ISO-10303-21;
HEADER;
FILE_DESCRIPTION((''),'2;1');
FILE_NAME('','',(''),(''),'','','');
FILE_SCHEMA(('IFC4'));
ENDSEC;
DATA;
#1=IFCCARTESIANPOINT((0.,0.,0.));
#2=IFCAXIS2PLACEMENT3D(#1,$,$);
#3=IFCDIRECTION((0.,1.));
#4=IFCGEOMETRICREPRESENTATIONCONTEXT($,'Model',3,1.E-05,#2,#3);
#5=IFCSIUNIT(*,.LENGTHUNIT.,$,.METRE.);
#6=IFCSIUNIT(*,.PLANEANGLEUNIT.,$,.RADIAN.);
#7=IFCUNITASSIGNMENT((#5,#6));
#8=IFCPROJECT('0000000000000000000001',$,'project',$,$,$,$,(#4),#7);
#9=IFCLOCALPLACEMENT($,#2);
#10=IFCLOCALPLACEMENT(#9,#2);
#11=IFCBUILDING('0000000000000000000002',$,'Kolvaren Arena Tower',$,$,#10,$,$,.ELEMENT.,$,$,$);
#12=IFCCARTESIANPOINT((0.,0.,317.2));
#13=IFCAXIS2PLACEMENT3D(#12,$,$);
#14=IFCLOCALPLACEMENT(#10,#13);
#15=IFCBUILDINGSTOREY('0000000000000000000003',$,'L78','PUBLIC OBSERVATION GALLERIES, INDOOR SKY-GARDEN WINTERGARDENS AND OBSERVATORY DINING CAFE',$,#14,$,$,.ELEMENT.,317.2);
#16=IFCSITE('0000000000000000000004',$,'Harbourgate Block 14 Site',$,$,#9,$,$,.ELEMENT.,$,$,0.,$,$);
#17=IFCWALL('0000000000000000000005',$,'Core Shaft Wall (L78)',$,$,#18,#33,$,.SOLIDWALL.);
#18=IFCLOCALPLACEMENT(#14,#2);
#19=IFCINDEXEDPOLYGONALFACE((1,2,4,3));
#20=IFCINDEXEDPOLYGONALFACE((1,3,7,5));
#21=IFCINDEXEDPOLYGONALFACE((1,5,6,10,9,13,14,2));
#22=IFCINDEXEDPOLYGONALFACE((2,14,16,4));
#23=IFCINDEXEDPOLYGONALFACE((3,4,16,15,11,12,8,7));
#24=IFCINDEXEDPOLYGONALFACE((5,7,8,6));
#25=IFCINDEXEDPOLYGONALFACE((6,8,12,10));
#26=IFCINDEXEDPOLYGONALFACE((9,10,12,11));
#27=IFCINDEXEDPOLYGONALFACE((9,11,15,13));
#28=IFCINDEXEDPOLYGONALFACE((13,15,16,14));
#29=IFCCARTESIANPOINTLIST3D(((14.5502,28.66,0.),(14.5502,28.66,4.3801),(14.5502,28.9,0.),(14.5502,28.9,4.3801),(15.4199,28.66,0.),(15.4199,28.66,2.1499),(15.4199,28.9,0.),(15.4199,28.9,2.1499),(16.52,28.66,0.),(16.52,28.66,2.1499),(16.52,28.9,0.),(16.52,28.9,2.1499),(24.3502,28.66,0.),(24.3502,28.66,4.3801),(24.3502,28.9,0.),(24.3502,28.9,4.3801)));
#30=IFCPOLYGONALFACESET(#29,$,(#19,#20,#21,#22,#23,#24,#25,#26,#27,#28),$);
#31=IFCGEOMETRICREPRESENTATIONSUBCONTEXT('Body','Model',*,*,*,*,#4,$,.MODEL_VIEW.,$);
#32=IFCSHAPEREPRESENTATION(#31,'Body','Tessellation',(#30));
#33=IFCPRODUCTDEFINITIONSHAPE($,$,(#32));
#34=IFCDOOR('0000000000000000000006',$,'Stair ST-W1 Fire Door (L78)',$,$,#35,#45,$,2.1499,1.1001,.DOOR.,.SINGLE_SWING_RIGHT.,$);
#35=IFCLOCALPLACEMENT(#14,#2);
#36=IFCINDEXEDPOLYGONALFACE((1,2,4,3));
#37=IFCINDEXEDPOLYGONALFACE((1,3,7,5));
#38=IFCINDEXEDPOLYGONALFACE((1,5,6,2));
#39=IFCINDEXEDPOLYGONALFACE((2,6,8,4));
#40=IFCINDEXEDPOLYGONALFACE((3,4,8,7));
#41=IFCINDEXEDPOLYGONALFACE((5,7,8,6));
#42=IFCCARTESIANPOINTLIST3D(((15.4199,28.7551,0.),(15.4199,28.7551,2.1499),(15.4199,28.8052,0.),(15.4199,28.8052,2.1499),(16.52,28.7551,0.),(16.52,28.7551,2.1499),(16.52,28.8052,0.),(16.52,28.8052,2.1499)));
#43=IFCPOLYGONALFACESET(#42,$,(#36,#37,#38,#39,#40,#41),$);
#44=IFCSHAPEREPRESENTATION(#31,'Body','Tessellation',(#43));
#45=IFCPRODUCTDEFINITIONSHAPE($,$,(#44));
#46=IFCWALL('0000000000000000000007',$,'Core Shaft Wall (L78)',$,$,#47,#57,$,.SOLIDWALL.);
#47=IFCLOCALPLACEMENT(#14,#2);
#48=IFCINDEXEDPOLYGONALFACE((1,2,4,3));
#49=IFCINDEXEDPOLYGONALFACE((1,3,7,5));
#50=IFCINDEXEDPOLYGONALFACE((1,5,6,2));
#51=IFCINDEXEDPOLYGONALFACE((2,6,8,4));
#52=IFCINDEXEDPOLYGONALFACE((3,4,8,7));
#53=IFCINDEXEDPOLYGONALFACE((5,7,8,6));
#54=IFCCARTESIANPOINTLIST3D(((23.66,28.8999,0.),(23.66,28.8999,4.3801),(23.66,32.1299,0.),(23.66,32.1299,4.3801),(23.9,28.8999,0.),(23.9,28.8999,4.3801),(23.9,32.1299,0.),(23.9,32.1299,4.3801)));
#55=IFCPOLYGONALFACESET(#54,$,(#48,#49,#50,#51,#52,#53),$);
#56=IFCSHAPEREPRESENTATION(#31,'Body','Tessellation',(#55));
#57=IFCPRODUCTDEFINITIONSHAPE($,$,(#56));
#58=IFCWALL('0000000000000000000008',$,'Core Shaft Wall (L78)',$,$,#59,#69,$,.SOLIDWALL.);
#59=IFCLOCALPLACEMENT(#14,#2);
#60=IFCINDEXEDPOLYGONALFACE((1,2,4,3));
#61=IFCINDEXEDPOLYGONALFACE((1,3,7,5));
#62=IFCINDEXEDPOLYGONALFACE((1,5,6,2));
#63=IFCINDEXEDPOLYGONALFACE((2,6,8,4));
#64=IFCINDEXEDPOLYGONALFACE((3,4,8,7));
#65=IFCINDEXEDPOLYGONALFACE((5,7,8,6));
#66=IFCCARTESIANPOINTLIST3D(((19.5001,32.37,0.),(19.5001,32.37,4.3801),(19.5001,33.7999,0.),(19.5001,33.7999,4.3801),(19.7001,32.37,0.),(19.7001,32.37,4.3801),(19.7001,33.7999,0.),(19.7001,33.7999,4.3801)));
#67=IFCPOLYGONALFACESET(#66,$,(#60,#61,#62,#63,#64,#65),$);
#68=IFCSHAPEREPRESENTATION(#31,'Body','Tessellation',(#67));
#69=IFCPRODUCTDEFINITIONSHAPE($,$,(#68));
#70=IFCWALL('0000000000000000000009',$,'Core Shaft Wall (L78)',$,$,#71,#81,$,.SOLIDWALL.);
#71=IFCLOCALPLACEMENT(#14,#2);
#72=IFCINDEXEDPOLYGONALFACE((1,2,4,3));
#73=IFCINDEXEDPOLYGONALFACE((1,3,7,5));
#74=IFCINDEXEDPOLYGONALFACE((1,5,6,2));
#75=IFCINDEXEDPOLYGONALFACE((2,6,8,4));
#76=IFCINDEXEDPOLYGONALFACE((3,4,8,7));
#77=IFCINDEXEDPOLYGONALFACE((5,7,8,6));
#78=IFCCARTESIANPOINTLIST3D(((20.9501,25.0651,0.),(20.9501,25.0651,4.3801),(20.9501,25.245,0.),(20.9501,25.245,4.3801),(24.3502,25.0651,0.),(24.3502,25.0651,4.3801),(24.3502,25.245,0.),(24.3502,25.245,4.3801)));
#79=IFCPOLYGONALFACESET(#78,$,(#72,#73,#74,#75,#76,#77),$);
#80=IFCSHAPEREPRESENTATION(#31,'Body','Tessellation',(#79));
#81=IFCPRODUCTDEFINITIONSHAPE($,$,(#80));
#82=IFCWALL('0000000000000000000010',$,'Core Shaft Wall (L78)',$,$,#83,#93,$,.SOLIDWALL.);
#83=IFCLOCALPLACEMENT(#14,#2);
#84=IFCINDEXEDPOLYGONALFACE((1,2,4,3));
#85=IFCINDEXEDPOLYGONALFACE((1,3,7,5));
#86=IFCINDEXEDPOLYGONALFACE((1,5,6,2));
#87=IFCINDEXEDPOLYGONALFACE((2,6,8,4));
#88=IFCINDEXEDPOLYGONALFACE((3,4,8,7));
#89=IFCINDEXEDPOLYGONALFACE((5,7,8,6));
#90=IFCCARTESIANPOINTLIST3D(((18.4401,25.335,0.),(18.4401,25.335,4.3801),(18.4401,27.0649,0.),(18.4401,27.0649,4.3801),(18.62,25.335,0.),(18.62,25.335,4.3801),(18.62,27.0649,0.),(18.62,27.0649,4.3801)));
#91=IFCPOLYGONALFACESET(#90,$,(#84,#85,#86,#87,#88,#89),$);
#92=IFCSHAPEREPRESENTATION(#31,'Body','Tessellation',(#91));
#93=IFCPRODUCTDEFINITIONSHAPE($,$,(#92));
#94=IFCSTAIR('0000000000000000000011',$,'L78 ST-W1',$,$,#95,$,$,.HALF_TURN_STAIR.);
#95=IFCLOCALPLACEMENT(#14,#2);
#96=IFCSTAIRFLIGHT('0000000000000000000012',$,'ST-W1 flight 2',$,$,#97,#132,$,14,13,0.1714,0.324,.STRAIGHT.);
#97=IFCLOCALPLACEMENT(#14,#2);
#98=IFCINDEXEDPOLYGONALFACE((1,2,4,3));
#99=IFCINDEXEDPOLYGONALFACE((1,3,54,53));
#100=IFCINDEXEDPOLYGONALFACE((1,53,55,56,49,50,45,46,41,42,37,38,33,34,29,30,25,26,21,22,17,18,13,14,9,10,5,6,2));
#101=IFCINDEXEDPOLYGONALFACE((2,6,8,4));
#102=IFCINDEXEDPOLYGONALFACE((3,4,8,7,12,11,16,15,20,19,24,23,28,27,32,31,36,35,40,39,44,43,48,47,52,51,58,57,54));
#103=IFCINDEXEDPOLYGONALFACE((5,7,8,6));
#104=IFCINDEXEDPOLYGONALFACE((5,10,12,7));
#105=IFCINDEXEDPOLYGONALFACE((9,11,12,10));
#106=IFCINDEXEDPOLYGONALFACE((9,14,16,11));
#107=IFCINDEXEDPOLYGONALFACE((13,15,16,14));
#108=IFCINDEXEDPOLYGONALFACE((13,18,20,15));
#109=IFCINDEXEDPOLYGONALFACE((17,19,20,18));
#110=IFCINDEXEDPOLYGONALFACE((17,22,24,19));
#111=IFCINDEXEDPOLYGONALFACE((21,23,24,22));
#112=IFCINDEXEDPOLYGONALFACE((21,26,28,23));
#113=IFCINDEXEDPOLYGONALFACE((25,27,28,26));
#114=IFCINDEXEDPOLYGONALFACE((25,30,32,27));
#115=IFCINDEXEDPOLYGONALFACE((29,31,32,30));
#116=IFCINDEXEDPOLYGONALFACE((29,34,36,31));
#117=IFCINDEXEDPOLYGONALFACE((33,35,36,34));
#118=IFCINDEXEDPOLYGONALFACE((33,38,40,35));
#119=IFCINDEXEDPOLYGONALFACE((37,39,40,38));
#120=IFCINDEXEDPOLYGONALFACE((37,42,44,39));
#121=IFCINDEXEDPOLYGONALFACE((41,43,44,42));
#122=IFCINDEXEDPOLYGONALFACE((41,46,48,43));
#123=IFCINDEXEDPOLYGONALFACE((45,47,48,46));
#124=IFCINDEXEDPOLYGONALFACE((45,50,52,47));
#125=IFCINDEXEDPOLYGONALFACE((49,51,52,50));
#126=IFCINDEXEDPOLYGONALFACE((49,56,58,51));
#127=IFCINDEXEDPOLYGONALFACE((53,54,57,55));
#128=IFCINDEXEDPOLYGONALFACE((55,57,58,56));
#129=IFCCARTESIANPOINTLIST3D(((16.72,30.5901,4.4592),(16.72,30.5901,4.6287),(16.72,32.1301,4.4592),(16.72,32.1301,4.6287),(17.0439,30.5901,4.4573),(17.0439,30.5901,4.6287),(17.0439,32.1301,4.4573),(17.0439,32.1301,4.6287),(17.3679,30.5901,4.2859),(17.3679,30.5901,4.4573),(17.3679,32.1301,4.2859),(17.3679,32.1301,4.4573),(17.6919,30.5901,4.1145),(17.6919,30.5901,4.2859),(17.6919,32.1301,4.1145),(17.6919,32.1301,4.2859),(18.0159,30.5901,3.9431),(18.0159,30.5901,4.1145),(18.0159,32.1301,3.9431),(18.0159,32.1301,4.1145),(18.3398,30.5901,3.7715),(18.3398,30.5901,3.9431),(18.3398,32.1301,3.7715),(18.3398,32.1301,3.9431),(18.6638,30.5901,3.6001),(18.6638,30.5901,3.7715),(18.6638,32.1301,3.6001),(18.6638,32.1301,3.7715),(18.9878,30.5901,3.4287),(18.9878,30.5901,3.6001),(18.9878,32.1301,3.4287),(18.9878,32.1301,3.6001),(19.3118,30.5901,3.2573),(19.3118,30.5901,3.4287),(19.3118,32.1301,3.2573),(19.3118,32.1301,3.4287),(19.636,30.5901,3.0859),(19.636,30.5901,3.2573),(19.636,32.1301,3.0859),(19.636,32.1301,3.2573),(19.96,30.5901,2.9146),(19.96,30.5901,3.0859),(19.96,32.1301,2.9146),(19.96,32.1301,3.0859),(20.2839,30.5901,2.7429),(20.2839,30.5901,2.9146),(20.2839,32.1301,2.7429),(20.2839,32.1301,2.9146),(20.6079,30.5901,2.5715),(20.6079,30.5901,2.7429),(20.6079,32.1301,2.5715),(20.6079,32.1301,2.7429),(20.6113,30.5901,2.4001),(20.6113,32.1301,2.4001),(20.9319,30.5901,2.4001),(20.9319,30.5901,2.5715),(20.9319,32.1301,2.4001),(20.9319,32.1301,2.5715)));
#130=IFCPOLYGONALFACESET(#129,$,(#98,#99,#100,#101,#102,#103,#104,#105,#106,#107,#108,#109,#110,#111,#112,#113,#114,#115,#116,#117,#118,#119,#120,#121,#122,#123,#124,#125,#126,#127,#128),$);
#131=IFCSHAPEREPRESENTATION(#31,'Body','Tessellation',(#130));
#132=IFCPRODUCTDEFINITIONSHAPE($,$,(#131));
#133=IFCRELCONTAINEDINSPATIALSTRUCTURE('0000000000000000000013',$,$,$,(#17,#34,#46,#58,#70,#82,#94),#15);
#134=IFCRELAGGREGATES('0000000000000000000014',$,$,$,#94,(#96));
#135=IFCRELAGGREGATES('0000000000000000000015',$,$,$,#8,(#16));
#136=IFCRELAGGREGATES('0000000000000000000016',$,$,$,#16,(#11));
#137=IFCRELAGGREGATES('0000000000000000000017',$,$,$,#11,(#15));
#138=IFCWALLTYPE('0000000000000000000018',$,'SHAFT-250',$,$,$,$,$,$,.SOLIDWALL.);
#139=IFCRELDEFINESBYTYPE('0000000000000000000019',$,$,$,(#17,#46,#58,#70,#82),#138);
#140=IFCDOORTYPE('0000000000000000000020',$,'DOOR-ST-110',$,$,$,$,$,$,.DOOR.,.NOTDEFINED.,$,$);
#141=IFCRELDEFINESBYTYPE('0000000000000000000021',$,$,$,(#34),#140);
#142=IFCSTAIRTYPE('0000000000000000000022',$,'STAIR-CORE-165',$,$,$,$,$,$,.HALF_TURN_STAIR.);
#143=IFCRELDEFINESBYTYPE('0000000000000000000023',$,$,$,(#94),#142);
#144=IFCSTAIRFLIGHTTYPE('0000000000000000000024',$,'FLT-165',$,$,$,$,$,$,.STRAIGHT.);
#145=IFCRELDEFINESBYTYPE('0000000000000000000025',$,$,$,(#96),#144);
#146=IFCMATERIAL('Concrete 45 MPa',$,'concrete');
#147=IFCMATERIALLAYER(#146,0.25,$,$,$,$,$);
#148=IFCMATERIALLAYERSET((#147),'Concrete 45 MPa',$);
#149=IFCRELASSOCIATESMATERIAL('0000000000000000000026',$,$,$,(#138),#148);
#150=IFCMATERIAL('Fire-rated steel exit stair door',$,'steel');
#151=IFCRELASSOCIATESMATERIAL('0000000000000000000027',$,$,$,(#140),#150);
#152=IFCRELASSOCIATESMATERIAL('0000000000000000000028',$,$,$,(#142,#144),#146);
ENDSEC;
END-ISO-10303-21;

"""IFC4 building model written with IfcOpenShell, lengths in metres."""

from ifc_helpers import new_model, si_unit, direction, frame, frame_2d, origin, place, context, subcontext, project, spatial, polyline, rectangle, outline, extrude, material, layer, layer_set, type_object, element, fill, aggregate, save


model = new_model("IFC4")

# Units and contexts
model_context = context("Model", 3, precision=1e-05, world=origin(), true_north=direction((0.0, 1.0)))
body_context = subcontext(model_context, "Body", "Model", "MODEL_VIEW")
ifc_project = project(units=[si_unit("LENGTHUNIT", "METRE"), si_unit("PLANEANGLEUNIT", "RADIAN")], contexts=[model_context])

# Site, building, storey
site_placement = place(None, origin())
site = spatial("IfcSite", under=ifc_project, at=site_placement, Name="Harbourgate Block 14 Site", CompositionType="ELEMENT", RefElevation=0.0)
building_placement = place(site_placement, origin())
building = spatial("IfcBuilding", under=site, at=building_placement, Name="Kolvaren Arena Tower", CompositionType="ELEMENT")
storey_placement = place(building_placement, frame((0.0, 0.0, 317.2)))
storey = spatial("IfcBuildingStorey", under=building, at=storey_placement, Name="L78", Description="PUBLIC OBSERVATION GALLERIES, INDOOR SKY-GARDEN WINTERGARDENS AND OBSERVATORY DINING CAFE", CompositionType="ELEMENT", Elevation=317.2)

# Wall, opening, door
ifc_material_1 = material(Name="Concrete 45 MPa", Category="concrete")
ifc_layer_1 = layer(ifc_material_1, 0.25)
ifc_layer_set_1 = layer_set([ifc_layer_1], Name="Concrete 45 MPa")
wall_type_1 = type_object("IfcWallType", Name="SHAFT-250", PredefinedType="SOLIDWALL", material=ifc_layer_set_1)
wall_1_placement = place(storey_placement, frame((24.3501, 28.78, 0.0), z_axis=(0.0, 0.0, 1.0), x_axis=(-1.0, 0.0, 0.0)))
wall_1 = element("IfcWall", 1, at=wall_1_placement, inside=storey, type_object=wall_type_1, Name="Core Shaft Wall (L78)", PredefinedType="SOLIDWALL", context=body_context, shape_type="SweptSolid", body=[
    extrude(rectangle(XDim=9.8, YDim=0.24, at=frame_2d((4.8999, 0.0))), origin(), (0.0, 0.0, 1.0), 4.3801),
])
opening_placement = place(wall_1_placement, frame((7.8301, 0.0, 0.0)))
opening = element("IfcOpeningElement", 2, at=opening_placement, cuts=wall_1, PredefinedType="OPENING", context=body_context, shape_type="SweptSolid", body=[
    extrude(rectangle(XDim=1.1001, YDim=2.1499, at=frame_2d((0.55, 1.075))), frame((0.0, 0.1299, 0.0), z_axis=(0.0, -1.0, 0.0), x_axis=(1.0, 0.0, 0.0)), (0.0, 0.0, 1.0), 0.26),
])
ifc_material_2 = material(Name="Fire-rated steel exit stair door", Category="steel")
door_type = type_object("IfcDoorType", Name="DOOR-ST-110", OperationType="NOTDEFINED", PredefinedType="DOOR", material=ifc_material_2)
door_placement = place(opening_placement, origin())
door = element("IfcDoor", 3, at=door_placement, inside=storey, type_object=door_type, Name="Stair ST-W1 Fire Door (L78)", OperationType="SINGLE_SWING_RIGHT", OverallHeight=2.1499, OverallWidth=1.1001, PredefinedType="DOOR", context=body_context, shape_type="SweptSolid", body=[
    extrude(rectangle(XDim=1.1001, YDim=2.1499, at=frame_2d((0.55, 1.075))), frame((0.0, 0.0249, 0.0), z_axis=(0.0, -1.0, 0.0), x_axis=(1.0, 0.0, 0.0)), (0.0, 0.0, 1.0), 0.05),
])
fill(opening, door)

# Walls
wall_2_placement = place(storey_placement, frame((23.78, 28.8999, 0.0), z_axis=(0.0, 0.0, 1.0), x_axis=(0.0, 1.0, 0.0)))
element("IfcWall", 4, at=wall_2_placement, inside=storey, type_object=wall_type_1, Name="Core Shaft Wall (L78)", PredefinedType="SOLIDWALL", context=body_context, shape_type="SweptSolid", body=[
    extrude(rectangle(XDim=3.23, YDim=0.24, at=frame_2d((1.615, 0.0))), origin(), (0.0, 0.0, 1.0), 4.3801),
])
wall_3_placement = place(storey_placement, frame((19.6001, 32.3701, 0.0), z_axis=(0.0, 0.0, 1.0), x_axis=(0.0, 1.0, 0.0)))
element("IfcWall", 5, at=wall_3_placement, inside=storey, type_object=wall_type_1, Name="Core Shaft Wall (L78)", PredefinedType="SOLIDWALL", context=body_context, shape_type="SweptSolid", body=[
    extrude(rectangle(XDim=1.4299, YDim=0.2, at=frame_2d((0.7148, 0.0))), origin(), (0.0, 0.0, 1.0), 4.3801),
])
wall_4_placement = place(storey_placement, frame((20.95, 25.155, 0.0), z_axis=(0.0, 0.0, 1.0), x_axis=(1.0, 0.0, 0.0)))
element("IfcWall", 6, at=wall_4_placement, inside=storey, type_object=wall_type_1, Name="Core Shaft Wall (L78)", PredefinedType="SOLIDWALL", context=body_context, shape_type="SweptSolid", body=[
    extrude(rectangle(XDim=3.4001, YDim=0.1799, at=frame_2d((1.7002, 0.0))), origin(), (0.0, 0.0, 1.0), 4.3801),
])
wall_5_placement = place(storey_placement, frame((18.53, 25.335, 0.0), z_axis=(0.0, 0.0, 1.0), x_axis=(0.0, 1.0, 0.0)))
element("IfcWall", 7, at=wall_5_placement, inside=storey, type_object=wall_type_1, Name="Core Shaft Wall (L78)", PredefinedType="SOLIDWALL", context=body_context, shape_type="SweptSolid", body=[
    extrude(rectangle(XDim=1.73, YDim=0.1799, at=frame_2d((0.865, 0.0))), origin(), (0.0, 0.0, 1.0), 4.3801),
])

# Stair, stair flight
stair_type = type_object("IfcStairType", Name="STAIR-CORE-165", PredefinedType="HALF_TURN_STAIR", material=ifc_material_1)
stair_placement = place(storey_placement, origin())
stair = element("IfcStair", 8, at=stair_placement, inside=storey, type_object=stair_type, Name="L78 ST-W1", PredefinedType="HALF_TURN_STAIR")
stair_flight_type = type_object("IfcStairFlightType", Name="FLT-165", PredefinedType="STRAIGHT", material=ifc_material_1)
stair_flight_placement = place(storey_placement, frame((20.9319, 31.3601, 2.4001), z_axis=(0.0, 0.0, 1.0), x_axis=(-1.0, 0.0, 0.0)))
stair_flight = element("IfcStairFlight", 9, at=stair_flight_placement, type_object=stair_flight_type, Name="ST-W1 flight 2", NumberOfRisers=14, NumberOfTreads=13, PredefinedType="STRAIGHT", RiserHeight=0.1714, TreadLength=0.324, context=body_context, shape_type="SweptSolid", body=[
    extrude(outline(polyline([(0.0, 0.0), (0.0, 0.1714), (0.324, 0.1714), (0.324, 0.3428), (0.6479, 0.3428), (0.6479, 0.5144), (0.9719, 0.5144), (0.9719, 0.6858), (1.2959, 0.6858), (1.2959, 0.8572), (1.6201, 0.8572), (1.6201, 1.0286), (1.9441, 1.0286), (1.9441, 1.2), (2.2681, 1.2), (2.2681, 1.3713), (2.592, 1.3713), (2.592, 1.543), (2.916, 1.543), (2.916, 1.7144), (3.24, 1.7144), (3.24, 1.8857), (3.564, 1.8857), (3.564, 2.0571), (3.8879, 2.0571), (3.8879, 2.2285), (4.2119, 2.2285), (4.2119, 2.3999), (4.2119, 2.0591), (0.3206, 0.0), (0.0, 0.0)])), frame((0.0, 0.77, 0.0), z_axis=(0.0, -1.0, 0.0), x_axis=(1.0, 0.0, 0.0)), (0.0, 0.0, 1.0), 1.54),
])
aggregate(stair, [stair_flight])

save(model, "model.ifc")
